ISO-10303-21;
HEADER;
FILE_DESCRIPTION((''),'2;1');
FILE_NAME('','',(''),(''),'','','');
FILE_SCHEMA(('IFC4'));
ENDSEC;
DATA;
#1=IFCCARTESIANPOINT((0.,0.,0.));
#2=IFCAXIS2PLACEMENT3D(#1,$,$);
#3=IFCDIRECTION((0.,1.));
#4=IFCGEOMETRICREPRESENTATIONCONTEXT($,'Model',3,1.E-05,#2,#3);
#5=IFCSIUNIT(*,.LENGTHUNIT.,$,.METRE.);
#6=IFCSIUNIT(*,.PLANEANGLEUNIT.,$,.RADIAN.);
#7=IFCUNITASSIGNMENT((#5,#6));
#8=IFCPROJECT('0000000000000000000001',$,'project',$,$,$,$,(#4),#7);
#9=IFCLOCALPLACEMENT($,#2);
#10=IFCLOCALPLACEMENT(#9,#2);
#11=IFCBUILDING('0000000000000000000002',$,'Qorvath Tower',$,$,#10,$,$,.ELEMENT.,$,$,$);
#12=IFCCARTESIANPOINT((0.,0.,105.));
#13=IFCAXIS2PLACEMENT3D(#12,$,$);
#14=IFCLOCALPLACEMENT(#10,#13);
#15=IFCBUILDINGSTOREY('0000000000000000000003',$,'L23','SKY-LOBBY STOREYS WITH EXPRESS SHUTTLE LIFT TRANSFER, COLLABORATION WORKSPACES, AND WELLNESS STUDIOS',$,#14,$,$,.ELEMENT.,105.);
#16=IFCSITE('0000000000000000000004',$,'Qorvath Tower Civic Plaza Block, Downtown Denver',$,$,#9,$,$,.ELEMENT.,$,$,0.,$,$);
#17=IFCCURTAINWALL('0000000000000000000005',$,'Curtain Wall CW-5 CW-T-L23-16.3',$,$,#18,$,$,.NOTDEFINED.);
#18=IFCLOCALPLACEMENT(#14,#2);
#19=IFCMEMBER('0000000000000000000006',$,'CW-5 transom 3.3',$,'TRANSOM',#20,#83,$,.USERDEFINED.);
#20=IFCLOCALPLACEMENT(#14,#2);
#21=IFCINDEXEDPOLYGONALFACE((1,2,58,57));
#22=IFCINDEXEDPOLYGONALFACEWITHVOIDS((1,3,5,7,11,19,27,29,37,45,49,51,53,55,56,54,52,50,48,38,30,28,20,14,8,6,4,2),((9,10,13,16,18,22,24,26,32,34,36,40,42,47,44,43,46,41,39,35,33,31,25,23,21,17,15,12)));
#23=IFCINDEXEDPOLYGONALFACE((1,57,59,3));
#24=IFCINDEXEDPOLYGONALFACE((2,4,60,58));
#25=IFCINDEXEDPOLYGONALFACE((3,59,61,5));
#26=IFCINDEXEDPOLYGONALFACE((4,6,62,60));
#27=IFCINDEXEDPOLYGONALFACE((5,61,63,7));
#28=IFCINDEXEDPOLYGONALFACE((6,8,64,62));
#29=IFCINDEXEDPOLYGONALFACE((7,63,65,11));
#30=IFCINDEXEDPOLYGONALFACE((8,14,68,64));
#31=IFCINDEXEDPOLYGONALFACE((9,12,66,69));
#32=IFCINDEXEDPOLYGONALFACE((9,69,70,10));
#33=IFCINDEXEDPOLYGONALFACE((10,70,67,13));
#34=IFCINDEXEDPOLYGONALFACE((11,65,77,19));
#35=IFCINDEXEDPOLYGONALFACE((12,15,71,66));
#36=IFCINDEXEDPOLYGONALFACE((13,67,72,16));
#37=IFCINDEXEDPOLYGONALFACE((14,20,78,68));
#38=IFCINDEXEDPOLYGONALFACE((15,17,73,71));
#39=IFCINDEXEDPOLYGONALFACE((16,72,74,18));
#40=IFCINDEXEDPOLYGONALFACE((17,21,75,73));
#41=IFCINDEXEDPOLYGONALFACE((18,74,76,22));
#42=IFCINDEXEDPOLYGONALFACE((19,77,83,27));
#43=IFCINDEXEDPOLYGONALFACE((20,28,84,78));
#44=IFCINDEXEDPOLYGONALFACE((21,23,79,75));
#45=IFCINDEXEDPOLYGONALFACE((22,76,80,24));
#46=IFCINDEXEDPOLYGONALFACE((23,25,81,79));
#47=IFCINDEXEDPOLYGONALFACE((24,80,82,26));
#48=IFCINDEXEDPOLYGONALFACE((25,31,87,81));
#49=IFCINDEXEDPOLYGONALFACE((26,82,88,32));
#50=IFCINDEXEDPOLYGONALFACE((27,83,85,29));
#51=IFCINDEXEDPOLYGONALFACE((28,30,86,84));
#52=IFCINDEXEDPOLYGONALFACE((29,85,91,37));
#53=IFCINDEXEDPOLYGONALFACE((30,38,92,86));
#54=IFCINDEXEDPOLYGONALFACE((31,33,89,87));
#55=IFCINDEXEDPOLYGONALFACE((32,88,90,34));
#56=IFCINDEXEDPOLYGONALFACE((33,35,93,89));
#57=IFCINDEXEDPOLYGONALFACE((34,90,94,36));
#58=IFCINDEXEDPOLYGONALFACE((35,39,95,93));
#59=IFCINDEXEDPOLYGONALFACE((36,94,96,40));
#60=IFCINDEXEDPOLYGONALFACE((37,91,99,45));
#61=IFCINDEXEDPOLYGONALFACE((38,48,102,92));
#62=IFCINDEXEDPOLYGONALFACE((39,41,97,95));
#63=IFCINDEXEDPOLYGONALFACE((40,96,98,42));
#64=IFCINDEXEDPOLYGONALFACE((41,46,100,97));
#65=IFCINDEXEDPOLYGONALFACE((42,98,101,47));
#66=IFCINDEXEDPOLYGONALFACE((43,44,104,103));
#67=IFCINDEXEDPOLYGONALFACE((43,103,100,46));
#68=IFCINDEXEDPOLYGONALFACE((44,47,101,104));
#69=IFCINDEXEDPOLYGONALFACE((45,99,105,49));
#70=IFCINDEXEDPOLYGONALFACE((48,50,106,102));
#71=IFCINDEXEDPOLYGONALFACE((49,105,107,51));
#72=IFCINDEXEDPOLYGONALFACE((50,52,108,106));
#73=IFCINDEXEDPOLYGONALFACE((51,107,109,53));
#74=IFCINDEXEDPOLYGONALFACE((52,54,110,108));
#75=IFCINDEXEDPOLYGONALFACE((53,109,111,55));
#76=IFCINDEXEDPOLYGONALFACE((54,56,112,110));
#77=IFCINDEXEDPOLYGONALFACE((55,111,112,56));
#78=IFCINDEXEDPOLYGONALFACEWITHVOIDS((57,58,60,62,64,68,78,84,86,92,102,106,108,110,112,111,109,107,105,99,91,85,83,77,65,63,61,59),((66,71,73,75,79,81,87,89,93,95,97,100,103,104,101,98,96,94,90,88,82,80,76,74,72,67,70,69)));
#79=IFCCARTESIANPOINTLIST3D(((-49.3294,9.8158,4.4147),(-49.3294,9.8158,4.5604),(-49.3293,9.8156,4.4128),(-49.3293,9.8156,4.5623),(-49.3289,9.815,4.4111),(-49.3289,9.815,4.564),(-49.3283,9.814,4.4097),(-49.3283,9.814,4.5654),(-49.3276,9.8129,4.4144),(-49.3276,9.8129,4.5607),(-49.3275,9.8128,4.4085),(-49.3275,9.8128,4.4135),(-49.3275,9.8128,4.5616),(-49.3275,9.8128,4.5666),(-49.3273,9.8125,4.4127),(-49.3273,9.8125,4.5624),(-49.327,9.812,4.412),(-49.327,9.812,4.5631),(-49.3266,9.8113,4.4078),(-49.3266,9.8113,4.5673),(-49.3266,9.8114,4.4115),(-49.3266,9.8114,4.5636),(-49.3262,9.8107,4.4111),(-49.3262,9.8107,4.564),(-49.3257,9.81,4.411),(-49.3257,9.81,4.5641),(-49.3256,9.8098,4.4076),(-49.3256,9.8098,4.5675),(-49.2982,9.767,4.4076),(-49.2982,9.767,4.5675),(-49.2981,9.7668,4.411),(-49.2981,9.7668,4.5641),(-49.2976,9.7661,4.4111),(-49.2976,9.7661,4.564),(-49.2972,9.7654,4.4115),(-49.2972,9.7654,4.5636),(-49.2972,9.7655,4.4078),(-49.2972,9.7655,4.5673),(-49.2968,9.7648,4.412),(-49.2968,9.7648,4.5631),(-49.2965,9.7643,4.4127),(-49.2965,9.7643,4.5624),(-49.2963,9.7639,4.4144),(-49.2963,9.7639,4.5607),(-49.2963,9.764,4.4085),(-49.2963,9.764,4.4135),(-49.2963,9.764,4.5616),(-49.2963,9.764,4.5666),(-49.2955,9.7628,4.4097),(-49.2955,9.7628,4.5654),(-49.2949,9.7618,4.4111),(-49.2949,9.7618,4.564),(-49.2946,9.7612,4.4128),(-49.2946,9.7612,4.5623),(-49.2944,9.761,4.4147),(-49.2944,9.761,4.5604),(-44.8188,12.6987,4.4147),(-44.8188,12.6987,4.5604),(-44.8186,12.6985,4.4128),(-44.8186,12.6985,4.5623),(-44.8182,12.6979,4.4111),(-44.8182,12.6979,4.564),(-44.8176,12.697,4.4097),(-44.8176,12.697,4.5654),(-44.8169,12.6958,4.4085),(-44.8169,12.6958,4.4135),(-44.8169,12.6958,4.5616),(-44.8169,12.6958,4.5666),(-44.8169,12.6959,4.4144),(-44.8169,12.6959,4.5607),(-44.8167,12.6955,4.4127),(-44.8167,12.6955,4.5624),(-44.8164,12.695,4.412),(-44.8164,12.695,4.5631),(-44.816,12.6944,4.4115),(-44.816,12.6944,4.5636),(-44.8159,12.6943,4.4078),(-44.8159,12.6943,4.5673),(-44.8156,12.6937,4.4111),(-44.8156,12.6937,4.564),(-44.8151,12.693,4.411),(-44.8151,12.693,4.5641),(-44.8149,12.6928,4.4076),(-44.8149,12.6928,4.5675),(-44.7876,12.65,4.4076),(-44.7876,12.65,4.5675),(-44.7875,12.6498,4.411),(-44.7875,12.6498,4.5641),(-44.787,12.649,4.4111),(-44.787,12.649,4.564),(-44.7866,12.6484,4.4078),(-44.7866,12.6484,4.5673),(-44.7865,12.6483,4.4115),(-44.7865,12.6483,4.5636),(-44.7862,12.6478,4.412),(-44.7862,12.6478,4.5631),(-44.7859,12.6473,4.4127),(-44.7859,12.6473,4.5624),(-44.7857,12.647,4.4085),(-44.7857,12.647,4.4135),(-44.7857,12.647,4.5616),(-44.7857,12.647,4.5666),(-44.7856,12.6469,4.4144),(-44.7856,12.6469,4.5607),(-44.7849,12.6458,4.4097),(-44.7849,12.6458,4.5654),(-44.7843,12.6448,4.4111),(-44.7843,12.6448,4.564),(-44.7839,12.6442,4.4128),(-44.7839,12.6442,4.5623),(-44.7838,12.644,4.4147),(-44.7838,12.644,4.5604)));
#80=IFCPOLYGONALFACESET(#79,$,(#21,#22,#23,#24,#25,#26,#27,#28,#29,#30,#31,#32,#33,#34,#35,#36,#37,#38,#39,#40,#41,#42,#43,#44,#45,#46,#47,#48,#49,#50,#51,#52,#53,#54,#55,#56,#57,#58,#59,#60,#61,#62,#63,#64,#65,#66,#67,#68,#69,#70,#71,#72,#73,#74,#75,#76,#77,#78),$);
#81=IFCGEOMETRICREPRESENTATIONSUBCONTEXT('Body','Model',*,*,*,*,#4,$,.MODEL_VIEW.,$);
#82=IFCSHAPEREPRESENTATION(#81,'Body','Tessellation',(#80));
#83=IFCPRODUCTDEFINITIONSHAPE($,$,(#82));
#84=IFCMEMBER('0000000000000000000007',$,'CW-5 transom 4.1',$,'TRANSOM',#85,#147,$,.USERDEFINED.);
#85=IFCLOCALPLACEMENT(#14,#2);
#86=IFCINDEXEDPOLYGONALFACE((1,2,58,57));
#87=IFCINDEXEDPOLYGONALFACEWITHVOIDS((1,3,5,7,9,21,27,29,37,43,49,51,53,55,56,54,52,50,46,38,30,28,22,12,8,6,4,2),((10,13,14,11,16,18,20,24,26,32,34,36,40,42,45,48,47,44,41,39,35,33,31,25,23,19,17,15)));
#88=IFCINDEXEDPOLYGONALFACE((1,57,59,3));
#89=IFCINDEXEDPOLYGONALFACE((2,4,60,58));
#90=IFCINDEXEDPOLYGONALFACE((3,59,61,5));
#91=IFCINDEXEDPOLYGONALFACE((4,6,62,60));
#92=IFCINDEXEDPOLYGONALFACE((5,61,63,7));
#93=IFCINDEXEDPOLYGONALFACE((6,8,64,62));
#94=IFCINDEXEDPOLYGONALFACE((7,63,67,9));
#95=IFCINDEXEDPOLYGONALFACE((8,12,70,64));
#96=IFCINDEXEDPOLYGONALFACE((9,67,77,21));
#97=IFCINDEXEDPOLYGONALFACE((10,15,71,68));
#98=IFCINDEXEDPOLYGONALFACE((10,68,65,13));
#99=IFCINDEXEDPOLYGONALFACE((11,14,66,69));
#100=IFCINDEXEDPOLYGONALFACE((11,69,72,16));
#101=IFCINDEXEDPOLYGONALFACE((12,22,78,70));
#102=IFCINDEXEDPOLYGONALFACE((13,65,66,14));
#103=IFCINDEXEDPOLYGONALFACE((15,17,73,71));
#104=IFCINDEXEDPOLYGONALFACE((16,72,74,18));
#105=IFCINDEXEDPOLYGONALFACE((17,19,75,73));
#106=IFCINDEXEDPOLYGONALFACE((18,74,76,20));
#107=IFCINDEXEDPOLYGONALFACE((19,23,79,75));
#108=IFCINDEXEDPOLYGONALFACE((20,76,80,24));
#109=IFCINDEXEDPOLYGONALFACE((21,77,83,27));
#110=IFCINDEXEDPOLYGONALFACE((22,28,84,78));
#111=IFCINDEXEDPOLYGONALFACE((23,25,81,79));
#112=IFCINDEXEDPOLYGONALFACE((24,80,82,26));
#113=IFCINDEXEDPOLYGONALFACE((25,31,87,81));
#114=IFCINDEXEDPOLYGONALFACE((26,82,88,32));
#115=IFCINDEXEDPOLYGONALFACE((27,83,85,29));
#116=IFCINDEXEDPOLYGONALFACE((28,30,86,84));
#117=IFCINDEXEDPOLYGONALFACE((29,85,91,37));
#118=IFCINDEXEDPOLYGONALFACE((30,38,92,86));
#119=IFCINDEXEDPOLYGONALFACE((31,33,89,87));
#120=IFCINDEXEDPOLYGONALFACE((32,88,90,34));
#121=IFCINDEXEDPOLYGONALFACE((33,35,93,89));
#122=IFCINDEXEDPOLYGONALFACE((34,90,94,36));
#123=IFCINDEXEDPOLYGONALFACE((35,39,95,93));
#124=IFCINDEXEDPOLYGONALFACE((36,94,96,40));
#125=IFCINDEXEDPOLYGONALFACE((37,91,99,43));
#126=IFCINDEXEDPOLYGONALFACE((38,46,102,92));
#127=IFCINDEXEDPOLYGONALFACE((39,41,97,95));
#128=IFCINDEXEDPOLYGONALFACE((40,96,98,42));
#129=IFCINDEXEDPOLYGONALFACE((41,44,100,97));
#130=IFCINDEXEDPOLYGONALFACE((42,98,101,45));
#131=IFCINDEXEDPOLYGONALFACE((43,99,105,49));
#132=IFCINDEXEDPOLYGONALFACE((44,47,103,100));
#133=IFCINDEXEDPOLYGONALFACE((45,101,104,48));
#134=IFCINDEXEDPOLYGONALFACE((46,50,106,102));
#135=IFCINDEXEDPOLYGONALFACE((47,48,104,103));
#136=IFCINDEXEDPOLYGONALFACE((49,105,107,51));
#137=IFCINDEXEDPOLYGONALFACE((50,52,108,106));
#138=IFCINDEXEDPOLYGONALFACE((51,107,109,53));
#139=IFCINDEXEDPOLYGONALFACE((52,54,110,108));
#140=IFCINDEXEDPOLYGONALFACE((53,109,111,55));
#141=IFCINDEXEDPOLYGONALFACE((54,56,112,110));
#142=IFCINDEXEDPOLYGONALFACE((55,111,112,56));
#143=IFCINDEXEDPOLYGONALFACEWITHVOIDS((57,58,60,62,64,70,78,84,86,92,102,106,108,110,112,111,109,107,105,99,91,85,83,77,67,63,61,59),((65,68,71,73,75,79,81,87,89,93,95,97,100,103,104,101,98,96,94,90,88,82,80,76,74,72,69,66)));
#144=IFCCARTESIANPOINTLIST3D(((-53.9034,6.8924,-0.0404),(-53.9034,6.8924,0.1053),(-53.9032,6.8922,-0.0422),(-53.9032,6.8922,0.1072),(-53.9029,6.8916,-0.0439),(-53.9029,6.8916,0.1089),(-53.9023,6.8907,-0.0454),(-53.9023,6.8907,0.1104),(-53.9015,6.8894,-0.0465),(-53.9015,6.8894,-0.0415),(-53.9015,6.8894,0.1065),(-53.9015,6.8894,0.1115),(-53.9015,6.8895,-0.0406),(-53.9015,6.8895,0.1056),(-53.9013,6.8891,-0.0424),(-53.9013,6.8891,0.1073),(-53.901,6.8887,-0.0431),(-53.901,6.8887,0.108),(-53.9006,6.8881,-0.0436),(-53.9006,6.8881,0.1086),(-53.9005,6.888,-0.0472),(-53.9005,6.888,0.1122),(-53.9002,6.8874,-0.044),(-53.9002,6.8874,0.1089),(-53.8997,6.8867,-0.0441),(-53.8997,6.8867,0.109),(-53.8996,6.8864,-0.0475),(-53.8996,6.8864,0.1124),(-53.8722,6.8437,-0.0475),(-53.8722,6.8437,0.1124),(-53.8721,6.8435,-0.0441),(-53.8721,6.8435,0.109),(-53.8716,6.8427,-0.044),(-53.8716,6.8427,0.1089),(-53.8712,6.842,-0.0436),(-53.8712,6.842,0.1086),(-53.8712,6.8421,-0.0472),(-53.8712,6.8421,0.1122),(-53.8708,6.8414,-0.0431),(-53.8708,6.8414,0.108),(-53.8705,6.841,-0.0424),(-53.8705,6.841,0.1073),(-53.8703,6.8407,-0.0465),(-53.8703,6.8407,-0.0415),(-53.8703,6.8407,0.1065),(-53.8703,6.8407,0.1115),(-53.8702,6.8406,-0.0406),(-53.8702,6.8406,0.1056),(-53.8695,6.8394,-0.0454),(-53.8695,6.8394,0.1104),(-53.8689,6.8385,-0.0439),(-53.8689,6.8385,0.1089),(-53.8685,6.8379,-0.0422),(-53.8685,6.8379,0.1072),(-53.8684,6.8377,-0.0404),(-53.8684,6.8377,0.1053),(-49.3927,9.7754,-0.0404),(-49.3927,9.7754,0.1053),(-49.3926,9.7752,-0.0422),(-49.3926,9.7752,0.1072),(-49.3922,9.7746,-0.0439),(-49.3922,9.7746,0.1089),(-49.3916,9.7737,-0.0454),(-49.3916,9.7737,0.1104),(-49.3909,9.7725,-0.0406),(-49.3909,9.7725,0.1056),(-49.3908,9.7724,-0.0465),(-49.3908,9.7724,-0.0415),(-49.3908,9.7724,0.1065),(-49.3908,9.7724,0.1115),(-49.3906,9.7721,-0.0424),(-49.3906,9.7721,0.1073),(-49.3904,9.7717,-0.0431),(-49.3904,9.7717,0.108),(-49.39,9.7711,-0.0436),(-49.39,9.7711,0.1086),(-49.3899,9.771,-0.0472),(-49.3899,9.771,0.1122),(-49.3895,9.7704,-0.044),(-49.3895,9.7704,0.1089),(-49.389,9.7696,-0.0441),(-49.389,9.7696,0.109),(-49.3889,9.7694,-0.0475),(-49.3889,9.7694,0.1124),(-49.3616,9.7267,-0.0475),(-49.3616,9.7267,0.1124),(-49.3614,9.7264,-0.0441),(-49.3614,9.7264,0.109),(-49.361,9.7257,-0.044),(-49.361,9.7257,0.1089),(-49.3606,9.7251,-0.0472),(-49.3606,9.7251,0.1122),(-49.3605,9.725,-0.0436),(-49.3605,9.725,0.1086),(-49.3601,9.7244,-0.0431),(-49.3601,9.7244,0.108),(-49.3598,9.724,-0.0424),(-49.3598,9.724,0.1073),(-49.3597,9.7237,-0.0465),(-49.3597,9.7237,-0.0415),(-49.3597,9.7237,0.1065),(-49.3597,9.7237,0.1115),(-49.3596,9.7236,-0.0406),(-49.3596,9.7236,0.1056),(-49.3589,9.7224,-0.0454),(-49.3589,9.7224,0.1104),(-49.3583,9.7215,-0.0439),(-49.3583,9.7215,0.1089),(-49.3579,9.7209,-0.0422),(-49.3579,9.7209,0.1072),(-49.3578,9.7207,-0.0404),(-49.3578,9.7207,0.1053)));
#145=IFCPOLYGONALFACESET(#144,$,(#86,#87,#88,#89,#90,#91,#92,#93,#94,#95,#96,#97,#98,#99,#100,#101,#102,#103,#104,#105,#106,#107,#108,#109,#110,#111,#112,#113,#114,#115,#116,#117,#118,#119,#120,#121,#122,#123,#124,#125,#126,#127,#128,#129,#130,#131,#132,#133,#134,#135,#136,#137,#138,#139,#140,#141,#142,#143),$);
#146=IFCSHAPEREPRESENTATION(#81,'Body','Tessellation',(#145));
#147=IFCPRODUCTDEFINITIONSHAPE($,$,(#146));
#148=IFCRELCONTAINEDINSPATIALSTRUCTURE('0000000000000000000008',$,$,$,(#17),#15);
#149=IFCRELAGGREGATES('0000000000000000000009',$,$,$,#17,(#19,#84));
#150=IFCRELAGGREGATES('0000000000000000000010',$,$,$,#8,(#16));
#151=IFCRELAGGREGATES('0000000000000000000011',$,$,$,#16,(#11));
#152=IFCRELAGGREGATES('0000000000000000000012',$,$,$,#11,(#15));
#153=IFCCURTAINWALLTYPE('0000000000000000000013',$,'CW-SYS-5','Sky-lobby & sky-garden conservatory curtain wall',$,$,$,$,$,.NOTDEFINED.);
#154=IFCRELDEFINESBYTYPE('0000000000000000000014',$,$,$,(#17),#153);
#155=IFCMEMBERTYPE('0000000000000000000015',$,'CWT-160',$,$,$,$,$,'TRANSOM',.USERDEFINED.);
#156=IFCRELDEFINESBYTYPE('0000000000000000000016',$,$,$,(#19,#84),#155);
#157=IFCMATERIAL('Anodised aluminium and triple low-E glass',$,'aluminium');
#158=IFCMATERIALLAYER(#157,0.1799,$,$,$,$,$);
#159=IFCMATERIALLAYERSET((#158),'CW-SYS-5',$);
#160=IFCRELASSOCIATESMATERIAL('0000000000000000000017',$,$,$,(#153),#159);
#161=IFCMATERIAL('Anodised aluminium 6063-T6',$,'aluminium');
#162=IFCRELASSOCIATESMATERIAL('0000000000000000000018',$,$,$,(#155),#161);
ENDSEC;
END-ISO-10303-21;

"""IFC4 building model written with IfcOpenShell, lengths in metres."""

from ifc_helpers import new_model, si_unit, direction, frame, origin, origin_2d, place, context, subcontext, project, spatial, hollow_rectangle, extrude, material, layer, layer_set, material_profile, profile_set, type_object, element, aggregate, save


model = new_model("IFC4")

# Units and contexts
model_context = context("Model", 3, precision=1e-05, world=origin(), true_north=direction((0.0, 1.0)))
body_context = subcontext(model_context, "Body", "Model", "MODEL_VIEW")
ifc_project = project(units=[si_unit("LENGTHUNIT", "METRE"), si_unit("PLANEANGLEUNIT", "RADIAN")], contexts=[model_context])

# Site, building, storey
site_placement = place(None, origin())
site = spatial("IfcSite", under=ifc_project, at=site_placement, Name="Qorvath Tower Civic Plaza Block, Downtown Denver", CompositionType="ELEMENT", RefElevation=0.0)
building_placement = place(site_placement, origin())
building = spatial("IfcBuilding", under=site, at=building_placement, Name="Qorvath Tower", CompositionType="ELEMENT")
storey_placement = place(building_placement, frame((0.0, 0.0, 105.0)))
storey = spatial("IfcBuildingStorey", under=building, at=storey_placement, Name="L23", Description="SKY-LOBBY STOREYS WITH EXPRESS SHUTTLE LIFT TRANSFER, COLLABORATION WORKSPACES, AND WELLNESS STUDIOS", CompositionType="ELEMENT", Elevation=105.0)

# Curtain wall, members
ifc_material_1 = material(Name="Anodised aluminium and triple low-E glass", Category="aluminium")
ifc_layer_1 = layer(ifc_material_1, 0.1799)
ifc_layer_set_1 = layer_set([ifc_layer_1], Name="CW-SYS-5")
curtain_wall_type = type_object("IfcCurtainWallType", Name="CW-SYS-5", Description="Sky-lobby & sky-garden conservatory curtain wall", PredefinedType="NOTDEFINED", material=ifc_layer_set_1)
curtain_wall_placement = place(storey_placement, origin())
curtain_wall = element("IfcCurtainWall", 1, at=curtain_wall_placement, inside=storey, type_object=curtain_wall_type, Name="Curtain Wall CW-5 CW-T-L23-16.3", PredefinedType="NOTDEFINED")
ifc_material_2 = material(Name="Anodised aluminium 6063-T6", Category="aluminium")
ifc_material_profile_1 = material_profile(ifc_material_2, hollow_rectangle(XDim=0.0649, YDim=0.1599, WallThickness=0.0034, InnerFilletRadius=0.0034, OuterFilletRadius=0.0071, at=origin_2d()), Name="CWT 160x65")
ifc_profile_set_1 = profile_set([ifc_material_profile_1], Name="Anodised aluminium 6063-T6")
member_type_1 = type_object("IfcMemberType", Name="CWT-160", ElementType="TRANSOM", PredefinedType="USERDEFINED", material=ifc_profile_set_1)
member_1_placement = place(storey_placement, frame((-44.8013, 12.6714, 4.4875), z_axis=(-0.842595, -0.538548, 0.0), x_axis=(0.538548, -0.842595, 0.0)))
member_1 = element("IfcMember", 2, at=member_1_placement, type_object=member_type_1, Name="CW-5 transom 3.3", ObjectType="TRANSOM", PredefinedType="USERDEFINED", context=body_context, shape_type="SweptSolid", body=[
    extrude(hollow_rectangle(XDim=0.0649, YDim=0.1599, WallThickness=0.0034, InnerFilletRadius=0.0034, OuterFilletRadius=0.0071, at=origin_2d()), origin(), (0.0, 0.0, 1.0), 5.3533),
])
member_2_placement = place(storey_placement, frame((-49.3752, 9.748, 0.0325), z_axis=(-0.842595, -0.538548, 0.0), x_axis=(0.538548, -0.842595, 0.0)))
member_2 = element("IfcMember", 3, at=member_2_placement, type_object=member_type_1, Name="CW-5 transom 4.1", ObjectType="TRANSOM", PredefinedType="USERDEFINED", context=body_context, shape_type="SweptSolid", body=[
    extrude(hollow_rectangle(XDim=0.0649, YDim=0.1599, WallThickness=0.0034, InnerFilletRadius=0.0034, OuterFilletRadius=0.0071, at=origin_2d()), origin(), (0.0, 0.0, 1.0), 5.3533),
])
aggregate(curtain_wall, [member_1, member_2])

save(model, "model.ifc")
